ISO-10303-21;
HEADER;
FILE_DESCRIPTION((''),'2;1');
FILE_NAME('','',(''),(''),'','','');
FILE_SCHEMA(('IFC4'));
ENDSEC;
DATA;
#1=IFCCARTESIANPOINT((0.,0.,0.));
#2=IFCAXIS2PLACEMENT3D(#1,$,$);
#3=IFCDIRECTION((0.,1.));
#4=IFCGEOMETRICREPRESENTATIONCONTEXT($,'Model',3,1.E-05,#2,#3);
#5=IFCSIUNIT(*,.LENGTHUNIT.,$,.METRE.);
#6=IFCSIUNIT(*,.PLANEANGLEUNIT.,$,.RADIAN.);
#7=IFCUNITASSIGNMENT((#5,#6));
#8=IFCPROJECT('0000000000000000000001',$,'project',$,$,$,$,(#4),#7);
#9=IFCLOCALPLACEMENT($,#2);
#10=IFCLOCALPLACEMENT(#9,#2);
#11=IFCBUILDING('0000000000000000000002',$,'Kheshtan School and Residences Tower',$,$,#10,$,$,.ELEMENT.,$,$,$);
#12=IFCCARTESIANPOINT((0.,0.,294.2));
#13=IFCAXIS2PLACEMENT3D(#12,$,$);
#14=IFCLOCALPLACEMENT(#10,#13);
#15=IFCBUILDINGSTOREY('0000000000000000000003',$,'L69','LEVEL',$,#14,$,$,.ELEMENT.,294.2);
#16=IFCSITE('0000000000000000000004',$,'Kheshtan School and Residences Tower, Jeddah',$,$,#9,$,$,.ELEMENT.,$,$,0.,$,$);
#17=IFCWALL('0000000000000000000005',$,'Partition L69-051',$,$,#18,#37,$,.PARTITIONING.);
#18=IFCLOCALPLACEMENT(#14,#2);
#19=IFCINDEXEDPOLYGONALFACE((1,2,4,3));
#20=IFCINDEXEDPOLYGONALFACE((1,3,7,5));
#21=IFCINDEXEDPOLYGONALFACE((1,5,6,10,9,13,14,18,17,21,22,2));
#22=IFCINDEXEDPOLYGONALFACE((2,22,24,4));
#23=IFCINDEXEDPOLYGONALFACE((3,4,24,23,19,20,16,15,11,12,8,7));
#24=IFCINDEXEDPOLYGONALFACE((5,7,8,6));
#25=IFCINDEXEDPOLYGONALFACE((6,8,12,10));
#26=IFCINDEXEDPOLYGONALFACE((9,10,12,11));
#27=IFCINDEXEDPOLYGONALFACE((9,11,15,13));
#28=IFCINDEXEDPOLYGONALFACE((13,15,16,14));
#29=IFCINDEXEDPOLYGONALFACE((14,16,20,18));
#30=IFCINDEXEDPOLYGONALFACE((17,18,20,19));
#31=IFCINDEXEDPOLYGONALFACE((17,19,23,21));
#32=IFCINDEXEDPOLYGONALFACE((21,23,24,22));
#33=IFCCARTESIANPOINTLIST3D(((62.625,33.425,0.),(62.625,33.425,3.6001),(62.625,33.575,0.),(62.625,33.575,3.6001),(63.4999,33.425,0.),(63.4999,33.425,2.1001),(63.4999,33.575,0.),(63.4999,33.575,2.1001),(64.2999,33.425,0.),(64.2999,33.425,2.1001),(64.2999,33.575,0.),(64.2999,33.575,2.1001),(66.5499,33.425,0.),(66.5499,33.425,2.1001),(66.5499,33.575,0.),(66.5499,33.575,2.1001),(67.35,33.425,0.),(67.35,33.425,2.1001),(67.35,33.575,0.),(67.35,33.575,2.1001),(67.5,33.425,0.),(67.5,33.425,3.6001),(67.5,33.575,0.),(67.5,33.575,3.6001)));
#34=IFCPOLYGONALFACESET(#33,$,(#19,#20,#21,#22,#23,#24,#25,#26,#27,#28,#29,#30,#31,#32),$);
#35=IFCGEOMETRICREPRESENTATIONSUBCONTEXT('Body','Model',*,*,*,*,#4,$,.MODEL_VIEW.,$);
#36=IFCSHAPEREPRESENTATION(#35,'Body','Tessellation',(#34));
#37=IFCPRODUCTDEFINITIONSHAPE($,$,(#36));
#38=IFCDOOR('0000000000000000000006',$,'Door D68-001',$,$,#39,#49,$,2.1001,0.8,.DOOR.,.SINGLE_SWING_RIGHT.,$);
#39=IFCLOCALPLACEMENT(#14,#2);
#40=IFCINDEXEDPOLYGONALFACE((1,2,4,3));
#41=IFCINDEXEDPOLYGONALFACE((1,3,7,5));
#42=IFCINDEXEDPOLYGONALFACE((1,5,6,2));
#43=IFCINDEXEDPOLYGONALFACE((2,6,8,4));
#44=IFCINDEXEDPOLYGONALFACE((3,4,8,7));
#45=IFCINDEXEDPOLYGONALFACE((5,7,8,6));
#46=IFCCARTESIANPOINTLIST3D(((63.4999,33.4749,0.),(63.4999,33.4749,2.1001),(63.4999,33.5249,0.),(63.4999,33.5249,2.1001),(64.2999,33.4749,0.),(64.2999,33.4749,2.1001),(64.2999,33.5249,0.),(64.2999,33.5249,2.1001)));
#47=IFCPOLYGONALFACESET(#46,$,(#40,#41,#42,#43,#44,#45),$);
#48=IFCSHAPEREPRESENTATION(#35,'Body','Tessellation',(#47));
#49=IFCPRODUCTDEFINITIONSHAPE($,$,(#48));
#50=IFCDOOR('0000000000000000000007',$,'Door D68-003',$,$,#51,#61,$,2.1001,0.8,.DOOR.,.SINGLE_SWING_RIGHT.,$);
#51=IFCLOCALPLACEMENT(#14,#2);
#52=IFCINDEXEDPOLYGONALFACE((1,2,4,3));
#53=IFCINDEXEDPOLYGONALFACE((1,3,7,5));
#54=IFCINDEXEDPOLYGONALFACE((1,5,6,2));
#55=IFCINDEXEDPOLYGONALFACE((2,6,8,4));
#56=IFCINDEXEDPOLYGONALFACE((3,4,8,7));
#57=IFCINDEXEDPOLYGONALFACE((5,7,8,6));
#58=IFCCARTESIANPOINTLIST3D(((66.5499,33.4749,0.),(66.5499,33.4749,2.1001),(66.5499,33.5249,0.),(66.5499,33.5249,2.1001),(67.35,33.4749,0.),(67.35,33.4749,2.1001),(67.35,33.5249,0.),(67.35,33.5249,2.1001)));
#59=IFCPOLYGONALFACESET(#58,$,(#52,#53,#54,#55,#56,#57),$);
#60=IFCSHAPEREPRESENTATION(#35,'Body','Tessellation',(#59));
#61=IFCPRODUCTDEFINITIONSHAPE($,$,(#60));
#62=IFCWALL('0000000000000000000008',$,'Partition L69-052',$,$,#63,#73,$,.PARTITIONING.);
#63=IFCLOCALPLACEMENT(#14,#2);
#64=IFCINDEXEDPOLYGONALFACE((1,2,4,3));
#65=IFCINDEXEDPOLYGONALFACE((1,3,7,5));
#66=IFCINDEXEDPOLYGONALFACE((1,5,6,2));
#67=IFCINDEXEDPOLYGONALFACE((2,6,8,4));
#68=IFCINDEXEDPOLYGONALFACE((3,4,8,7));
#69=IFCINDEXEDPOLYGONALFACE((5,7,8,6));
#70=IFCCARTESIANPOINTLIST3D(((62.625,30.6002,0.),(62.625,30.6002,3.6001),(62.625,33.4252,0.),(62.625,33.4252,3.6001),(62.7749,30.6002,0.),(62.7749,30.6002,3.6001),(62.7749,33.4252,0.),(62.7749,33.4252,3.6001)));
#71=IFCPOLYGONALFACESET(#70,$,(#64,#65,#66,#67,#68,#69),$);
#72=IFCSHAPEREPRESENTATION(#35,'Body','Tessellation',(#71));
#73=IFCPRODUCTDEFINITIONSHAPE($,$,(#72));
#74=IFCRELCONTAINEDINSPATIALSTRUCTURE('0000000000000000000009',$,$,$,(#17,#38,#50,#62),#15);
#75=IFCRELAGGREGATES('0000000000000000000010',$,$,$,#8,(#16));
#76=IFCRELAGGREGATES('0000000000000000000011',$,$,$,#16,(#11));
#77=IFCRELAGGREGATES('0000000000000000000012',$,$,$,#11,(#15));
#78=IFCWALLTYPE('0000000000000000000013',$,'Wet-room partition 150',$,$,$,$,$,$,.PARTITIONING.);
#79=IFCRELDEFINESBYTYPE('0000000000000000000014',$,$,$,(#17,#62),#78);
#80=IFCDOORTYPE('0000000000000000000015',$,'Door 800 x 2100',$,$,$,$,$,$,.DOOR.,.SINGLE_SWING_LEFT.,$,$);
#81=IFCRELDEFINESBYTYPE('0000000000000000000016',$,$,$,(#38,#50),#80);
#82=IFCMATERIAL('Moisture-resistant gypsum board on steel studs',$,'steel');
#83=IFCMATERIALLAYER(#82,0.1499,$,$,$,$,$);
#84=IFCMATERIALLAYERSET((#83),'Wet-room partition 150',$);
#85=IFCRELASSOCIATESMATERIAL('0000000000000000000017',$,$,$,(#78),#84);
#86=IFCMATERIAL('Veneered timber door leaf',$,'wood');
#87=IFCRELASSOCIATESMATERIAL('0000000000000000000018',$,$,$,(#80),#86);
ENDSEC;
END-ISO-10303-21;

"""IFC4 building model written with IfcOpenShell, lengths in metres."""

from ifc_helpers import new_model, si_unit, direction, frame, frame_2d, origin, place, context, subcontext, project, spatial, rectangle, extrude, source, transform, mapped, material, layer, layer_set, type_object, element, fill, save


model = new_model("IFC4")

# Units and contexts
model_context = context("Model", 3, precision=1e-05, world=origin(), true_north=direction((0.0, 1.0)))
body_context = subcontext(model_context, "Body", "Model", "MODEL_VIEW")
ifc_project = project(units=[si_unit("LENGTHUNIT", "METRE"), si_unit("PLANEANGLEUNIT", "RADIAN")], contexts=[model_context])

# Site, building, storey
site_placement = place(None, origin())
site = spatial("IfcSite", under=ifc_project, at=site_placement, Name="Kheshtan School and Residences Tower, Jeddah", CompositionType="ELEMENT", RefElevation=0.0)
building_placement = place(site_placement, origin())
building = spatial("IfcBuilding", under=site, at=building_placement, Name="Kheshtan School and Residences Tower", CompositionType="ELEMENT")
storey_placement = place(building_placement, frame((0.0, 0.0, 294.2)))
storey = spatial("IfcBuildingStorey", under=building, at=storey_placement, Name="L69", Description="LEVEL", CompositionType="ELEMENT", Elevation=294.2)

# Shared definitions
ifc_material_1 = material(Name="Moisture-resistant gypsum board on steel studs", Category="steel")
ifc_layer_1 = layer(ifc_material_1, 0.1499)
ifc_layer_set_1 = layer_set([ifc_layer_1], Name="Wet-room partition 150")
wall_type_1 = type_object("IfcWallType", Name="Wet-room partition 150", PredefinedType="PARTITIONING", material=ifc_layer_set_1)
ifc_material_2 = material(Name="Veneered timber door leaf", Category="wood")
door_type_1 = type_object("IfcDoorType", Name="Door 800 x 2100", OperationType="SINGLE_SWING_LEFT", PredefinedType="DOOR", material=ifc_material_2)
shared_shape_1 = source(origin(), body_context, "Body", "SweptSolid", [
    extrude(rectangle(XDim=0.8, YDim=2.1001, at=frame_2d((0.3999, 1.05))), frame((0.0, 0.0249, 0.0), z_axis=(0.0, -1.0, 0.0), x_axis=(1.0, 0.0, 0.0)), (0.0, 0.0, 1.0), 0.05),
])

# Wall, openings, doors
wall_1_placement = place(storey_placement, frame((62.625, 33.5, 0.0), z_axis=(0.0, 0.0, 1.0), x_axis=(1.0, 0.0, 0.0)))
wall_1 = element("IfcWall", 1, at=wall_1_placement, inside=storey, type_object=wall_type_1, Name="Partition L69-051", PredefinedType="PARTITIONING", context=body_context, shape_type="SweptSolid", body=[
    extrude(rectangle(XDim=4.875, YDim=0.1499, at=frame_2d((2.4375, 0.0))), origin(), (0.0, 0.0, 1.0), 3.6001),
])
opening_1_placement = place(wall_1_placement, frame((0.875, 0.0, 0.0)))
opening_1 = element("IfcOpeningElement", 2, at=opening_1_placement, cuts=wall_1, PredefinedType="OPENING", context=body_context, shape_type="SweptSolid", body=[
    extrude(rectangle(XDim=0.8, YDim=2.1001, at=frame_2d((0.3999, 1.05))), frame((0.0, 0.085, 0.0), z_axis=(0.0, -1.0, 0.0), x_axis=(1.0, 0.0, 0.0)), (0.0, 0.0, 1.0), 0.1699),
])
opening_2_placement = place(wall_1_placement, frame((3.925, 0.0, 0.0)))
opening_2 = element("IfcOpeningElement", 3, at=opening_2_placement, cuts=wall_1, PredefinedType="OPENING", context=body_context, shape_type="SweptSolid", body=[
    extrude(rectangle(XDim=0.8, YDim=2.1001, at=frame_2d((0.3999, 1.05))), frame((0.0, 0.085, 0.0), z_axis=(0.0, -1.0, 0.0), x_axis=(1.0, 0.0, 0.0)), (0.0, 0.0, 1.0), 0.1699),
])
door_1_placement = place(opening_1_placement, origin())
door_1 = element("IfcDoor", 4, at=door_1_placement, inside=storey, type_object=door_type_1, Name="Door D68-001", OperationType="SINGLE_SWING_RIGHT", OverallHeight=2.1001, OverallWidth=0.8, PredefinedType="DOOR", context=body_context, shape_type="MappedRepresentation", body=[
    mapped(shared_shape_1, transform((0.0, 0.0, 0.0), x_axis=(1.0, 0.0, 0.0), y_axis=(0.0, 1.0, 0.0), z_axis=(0.0, 0.0, 1.0), scale=1.0)),
])
fill(opening_1, door_1)
door_2_placement = place(opening_2_placement, origin())
door_2 = element("IfcDoor", 5, at=door_2_placement, inside=storey, type_object=door_type_1, Name="Door D68-003", OperationType="SINGLE_SWING_RIGHT", OverallHeight=2.1001, OverallWidth=0.8, PredefinedType="DOOR", context=body_context, shape_type="MappedRepresentation", body=[
    mapped(shared_shape_1, transform((0.0, 0.0, 0.0), x_axis=(1.0, 0.0, 0.0), y_axis=(0.0, 1.0, 0.0), z_axis=(0.0, 0.0, 1.0), scale=1.0)),
])
fill(opening_2, door_2)

# Wall
wall_2_placement = place(storey_placement, frame((62.7, 30.6001, 0.0), z_axis=(0.0, 0.0, 1.0), x_axis=(0.0, 1.0, 0.0)))
element("IfcWall", 6, at=wall_2_placement, inside=storey, type_object=wall_type_1, Name="Partition L69-052", PredefinedType="PARTITIONING", context=body_context, shape_type="SweptSolid", body=[
    extrude(rectangle(XDim=2.825, YDim=0.1499, at=frame_2d((1.4126, 0.0))), origin(), (0.0, 0.0, 1.0), 3.6001),
])

save(model, "model.ifc")
